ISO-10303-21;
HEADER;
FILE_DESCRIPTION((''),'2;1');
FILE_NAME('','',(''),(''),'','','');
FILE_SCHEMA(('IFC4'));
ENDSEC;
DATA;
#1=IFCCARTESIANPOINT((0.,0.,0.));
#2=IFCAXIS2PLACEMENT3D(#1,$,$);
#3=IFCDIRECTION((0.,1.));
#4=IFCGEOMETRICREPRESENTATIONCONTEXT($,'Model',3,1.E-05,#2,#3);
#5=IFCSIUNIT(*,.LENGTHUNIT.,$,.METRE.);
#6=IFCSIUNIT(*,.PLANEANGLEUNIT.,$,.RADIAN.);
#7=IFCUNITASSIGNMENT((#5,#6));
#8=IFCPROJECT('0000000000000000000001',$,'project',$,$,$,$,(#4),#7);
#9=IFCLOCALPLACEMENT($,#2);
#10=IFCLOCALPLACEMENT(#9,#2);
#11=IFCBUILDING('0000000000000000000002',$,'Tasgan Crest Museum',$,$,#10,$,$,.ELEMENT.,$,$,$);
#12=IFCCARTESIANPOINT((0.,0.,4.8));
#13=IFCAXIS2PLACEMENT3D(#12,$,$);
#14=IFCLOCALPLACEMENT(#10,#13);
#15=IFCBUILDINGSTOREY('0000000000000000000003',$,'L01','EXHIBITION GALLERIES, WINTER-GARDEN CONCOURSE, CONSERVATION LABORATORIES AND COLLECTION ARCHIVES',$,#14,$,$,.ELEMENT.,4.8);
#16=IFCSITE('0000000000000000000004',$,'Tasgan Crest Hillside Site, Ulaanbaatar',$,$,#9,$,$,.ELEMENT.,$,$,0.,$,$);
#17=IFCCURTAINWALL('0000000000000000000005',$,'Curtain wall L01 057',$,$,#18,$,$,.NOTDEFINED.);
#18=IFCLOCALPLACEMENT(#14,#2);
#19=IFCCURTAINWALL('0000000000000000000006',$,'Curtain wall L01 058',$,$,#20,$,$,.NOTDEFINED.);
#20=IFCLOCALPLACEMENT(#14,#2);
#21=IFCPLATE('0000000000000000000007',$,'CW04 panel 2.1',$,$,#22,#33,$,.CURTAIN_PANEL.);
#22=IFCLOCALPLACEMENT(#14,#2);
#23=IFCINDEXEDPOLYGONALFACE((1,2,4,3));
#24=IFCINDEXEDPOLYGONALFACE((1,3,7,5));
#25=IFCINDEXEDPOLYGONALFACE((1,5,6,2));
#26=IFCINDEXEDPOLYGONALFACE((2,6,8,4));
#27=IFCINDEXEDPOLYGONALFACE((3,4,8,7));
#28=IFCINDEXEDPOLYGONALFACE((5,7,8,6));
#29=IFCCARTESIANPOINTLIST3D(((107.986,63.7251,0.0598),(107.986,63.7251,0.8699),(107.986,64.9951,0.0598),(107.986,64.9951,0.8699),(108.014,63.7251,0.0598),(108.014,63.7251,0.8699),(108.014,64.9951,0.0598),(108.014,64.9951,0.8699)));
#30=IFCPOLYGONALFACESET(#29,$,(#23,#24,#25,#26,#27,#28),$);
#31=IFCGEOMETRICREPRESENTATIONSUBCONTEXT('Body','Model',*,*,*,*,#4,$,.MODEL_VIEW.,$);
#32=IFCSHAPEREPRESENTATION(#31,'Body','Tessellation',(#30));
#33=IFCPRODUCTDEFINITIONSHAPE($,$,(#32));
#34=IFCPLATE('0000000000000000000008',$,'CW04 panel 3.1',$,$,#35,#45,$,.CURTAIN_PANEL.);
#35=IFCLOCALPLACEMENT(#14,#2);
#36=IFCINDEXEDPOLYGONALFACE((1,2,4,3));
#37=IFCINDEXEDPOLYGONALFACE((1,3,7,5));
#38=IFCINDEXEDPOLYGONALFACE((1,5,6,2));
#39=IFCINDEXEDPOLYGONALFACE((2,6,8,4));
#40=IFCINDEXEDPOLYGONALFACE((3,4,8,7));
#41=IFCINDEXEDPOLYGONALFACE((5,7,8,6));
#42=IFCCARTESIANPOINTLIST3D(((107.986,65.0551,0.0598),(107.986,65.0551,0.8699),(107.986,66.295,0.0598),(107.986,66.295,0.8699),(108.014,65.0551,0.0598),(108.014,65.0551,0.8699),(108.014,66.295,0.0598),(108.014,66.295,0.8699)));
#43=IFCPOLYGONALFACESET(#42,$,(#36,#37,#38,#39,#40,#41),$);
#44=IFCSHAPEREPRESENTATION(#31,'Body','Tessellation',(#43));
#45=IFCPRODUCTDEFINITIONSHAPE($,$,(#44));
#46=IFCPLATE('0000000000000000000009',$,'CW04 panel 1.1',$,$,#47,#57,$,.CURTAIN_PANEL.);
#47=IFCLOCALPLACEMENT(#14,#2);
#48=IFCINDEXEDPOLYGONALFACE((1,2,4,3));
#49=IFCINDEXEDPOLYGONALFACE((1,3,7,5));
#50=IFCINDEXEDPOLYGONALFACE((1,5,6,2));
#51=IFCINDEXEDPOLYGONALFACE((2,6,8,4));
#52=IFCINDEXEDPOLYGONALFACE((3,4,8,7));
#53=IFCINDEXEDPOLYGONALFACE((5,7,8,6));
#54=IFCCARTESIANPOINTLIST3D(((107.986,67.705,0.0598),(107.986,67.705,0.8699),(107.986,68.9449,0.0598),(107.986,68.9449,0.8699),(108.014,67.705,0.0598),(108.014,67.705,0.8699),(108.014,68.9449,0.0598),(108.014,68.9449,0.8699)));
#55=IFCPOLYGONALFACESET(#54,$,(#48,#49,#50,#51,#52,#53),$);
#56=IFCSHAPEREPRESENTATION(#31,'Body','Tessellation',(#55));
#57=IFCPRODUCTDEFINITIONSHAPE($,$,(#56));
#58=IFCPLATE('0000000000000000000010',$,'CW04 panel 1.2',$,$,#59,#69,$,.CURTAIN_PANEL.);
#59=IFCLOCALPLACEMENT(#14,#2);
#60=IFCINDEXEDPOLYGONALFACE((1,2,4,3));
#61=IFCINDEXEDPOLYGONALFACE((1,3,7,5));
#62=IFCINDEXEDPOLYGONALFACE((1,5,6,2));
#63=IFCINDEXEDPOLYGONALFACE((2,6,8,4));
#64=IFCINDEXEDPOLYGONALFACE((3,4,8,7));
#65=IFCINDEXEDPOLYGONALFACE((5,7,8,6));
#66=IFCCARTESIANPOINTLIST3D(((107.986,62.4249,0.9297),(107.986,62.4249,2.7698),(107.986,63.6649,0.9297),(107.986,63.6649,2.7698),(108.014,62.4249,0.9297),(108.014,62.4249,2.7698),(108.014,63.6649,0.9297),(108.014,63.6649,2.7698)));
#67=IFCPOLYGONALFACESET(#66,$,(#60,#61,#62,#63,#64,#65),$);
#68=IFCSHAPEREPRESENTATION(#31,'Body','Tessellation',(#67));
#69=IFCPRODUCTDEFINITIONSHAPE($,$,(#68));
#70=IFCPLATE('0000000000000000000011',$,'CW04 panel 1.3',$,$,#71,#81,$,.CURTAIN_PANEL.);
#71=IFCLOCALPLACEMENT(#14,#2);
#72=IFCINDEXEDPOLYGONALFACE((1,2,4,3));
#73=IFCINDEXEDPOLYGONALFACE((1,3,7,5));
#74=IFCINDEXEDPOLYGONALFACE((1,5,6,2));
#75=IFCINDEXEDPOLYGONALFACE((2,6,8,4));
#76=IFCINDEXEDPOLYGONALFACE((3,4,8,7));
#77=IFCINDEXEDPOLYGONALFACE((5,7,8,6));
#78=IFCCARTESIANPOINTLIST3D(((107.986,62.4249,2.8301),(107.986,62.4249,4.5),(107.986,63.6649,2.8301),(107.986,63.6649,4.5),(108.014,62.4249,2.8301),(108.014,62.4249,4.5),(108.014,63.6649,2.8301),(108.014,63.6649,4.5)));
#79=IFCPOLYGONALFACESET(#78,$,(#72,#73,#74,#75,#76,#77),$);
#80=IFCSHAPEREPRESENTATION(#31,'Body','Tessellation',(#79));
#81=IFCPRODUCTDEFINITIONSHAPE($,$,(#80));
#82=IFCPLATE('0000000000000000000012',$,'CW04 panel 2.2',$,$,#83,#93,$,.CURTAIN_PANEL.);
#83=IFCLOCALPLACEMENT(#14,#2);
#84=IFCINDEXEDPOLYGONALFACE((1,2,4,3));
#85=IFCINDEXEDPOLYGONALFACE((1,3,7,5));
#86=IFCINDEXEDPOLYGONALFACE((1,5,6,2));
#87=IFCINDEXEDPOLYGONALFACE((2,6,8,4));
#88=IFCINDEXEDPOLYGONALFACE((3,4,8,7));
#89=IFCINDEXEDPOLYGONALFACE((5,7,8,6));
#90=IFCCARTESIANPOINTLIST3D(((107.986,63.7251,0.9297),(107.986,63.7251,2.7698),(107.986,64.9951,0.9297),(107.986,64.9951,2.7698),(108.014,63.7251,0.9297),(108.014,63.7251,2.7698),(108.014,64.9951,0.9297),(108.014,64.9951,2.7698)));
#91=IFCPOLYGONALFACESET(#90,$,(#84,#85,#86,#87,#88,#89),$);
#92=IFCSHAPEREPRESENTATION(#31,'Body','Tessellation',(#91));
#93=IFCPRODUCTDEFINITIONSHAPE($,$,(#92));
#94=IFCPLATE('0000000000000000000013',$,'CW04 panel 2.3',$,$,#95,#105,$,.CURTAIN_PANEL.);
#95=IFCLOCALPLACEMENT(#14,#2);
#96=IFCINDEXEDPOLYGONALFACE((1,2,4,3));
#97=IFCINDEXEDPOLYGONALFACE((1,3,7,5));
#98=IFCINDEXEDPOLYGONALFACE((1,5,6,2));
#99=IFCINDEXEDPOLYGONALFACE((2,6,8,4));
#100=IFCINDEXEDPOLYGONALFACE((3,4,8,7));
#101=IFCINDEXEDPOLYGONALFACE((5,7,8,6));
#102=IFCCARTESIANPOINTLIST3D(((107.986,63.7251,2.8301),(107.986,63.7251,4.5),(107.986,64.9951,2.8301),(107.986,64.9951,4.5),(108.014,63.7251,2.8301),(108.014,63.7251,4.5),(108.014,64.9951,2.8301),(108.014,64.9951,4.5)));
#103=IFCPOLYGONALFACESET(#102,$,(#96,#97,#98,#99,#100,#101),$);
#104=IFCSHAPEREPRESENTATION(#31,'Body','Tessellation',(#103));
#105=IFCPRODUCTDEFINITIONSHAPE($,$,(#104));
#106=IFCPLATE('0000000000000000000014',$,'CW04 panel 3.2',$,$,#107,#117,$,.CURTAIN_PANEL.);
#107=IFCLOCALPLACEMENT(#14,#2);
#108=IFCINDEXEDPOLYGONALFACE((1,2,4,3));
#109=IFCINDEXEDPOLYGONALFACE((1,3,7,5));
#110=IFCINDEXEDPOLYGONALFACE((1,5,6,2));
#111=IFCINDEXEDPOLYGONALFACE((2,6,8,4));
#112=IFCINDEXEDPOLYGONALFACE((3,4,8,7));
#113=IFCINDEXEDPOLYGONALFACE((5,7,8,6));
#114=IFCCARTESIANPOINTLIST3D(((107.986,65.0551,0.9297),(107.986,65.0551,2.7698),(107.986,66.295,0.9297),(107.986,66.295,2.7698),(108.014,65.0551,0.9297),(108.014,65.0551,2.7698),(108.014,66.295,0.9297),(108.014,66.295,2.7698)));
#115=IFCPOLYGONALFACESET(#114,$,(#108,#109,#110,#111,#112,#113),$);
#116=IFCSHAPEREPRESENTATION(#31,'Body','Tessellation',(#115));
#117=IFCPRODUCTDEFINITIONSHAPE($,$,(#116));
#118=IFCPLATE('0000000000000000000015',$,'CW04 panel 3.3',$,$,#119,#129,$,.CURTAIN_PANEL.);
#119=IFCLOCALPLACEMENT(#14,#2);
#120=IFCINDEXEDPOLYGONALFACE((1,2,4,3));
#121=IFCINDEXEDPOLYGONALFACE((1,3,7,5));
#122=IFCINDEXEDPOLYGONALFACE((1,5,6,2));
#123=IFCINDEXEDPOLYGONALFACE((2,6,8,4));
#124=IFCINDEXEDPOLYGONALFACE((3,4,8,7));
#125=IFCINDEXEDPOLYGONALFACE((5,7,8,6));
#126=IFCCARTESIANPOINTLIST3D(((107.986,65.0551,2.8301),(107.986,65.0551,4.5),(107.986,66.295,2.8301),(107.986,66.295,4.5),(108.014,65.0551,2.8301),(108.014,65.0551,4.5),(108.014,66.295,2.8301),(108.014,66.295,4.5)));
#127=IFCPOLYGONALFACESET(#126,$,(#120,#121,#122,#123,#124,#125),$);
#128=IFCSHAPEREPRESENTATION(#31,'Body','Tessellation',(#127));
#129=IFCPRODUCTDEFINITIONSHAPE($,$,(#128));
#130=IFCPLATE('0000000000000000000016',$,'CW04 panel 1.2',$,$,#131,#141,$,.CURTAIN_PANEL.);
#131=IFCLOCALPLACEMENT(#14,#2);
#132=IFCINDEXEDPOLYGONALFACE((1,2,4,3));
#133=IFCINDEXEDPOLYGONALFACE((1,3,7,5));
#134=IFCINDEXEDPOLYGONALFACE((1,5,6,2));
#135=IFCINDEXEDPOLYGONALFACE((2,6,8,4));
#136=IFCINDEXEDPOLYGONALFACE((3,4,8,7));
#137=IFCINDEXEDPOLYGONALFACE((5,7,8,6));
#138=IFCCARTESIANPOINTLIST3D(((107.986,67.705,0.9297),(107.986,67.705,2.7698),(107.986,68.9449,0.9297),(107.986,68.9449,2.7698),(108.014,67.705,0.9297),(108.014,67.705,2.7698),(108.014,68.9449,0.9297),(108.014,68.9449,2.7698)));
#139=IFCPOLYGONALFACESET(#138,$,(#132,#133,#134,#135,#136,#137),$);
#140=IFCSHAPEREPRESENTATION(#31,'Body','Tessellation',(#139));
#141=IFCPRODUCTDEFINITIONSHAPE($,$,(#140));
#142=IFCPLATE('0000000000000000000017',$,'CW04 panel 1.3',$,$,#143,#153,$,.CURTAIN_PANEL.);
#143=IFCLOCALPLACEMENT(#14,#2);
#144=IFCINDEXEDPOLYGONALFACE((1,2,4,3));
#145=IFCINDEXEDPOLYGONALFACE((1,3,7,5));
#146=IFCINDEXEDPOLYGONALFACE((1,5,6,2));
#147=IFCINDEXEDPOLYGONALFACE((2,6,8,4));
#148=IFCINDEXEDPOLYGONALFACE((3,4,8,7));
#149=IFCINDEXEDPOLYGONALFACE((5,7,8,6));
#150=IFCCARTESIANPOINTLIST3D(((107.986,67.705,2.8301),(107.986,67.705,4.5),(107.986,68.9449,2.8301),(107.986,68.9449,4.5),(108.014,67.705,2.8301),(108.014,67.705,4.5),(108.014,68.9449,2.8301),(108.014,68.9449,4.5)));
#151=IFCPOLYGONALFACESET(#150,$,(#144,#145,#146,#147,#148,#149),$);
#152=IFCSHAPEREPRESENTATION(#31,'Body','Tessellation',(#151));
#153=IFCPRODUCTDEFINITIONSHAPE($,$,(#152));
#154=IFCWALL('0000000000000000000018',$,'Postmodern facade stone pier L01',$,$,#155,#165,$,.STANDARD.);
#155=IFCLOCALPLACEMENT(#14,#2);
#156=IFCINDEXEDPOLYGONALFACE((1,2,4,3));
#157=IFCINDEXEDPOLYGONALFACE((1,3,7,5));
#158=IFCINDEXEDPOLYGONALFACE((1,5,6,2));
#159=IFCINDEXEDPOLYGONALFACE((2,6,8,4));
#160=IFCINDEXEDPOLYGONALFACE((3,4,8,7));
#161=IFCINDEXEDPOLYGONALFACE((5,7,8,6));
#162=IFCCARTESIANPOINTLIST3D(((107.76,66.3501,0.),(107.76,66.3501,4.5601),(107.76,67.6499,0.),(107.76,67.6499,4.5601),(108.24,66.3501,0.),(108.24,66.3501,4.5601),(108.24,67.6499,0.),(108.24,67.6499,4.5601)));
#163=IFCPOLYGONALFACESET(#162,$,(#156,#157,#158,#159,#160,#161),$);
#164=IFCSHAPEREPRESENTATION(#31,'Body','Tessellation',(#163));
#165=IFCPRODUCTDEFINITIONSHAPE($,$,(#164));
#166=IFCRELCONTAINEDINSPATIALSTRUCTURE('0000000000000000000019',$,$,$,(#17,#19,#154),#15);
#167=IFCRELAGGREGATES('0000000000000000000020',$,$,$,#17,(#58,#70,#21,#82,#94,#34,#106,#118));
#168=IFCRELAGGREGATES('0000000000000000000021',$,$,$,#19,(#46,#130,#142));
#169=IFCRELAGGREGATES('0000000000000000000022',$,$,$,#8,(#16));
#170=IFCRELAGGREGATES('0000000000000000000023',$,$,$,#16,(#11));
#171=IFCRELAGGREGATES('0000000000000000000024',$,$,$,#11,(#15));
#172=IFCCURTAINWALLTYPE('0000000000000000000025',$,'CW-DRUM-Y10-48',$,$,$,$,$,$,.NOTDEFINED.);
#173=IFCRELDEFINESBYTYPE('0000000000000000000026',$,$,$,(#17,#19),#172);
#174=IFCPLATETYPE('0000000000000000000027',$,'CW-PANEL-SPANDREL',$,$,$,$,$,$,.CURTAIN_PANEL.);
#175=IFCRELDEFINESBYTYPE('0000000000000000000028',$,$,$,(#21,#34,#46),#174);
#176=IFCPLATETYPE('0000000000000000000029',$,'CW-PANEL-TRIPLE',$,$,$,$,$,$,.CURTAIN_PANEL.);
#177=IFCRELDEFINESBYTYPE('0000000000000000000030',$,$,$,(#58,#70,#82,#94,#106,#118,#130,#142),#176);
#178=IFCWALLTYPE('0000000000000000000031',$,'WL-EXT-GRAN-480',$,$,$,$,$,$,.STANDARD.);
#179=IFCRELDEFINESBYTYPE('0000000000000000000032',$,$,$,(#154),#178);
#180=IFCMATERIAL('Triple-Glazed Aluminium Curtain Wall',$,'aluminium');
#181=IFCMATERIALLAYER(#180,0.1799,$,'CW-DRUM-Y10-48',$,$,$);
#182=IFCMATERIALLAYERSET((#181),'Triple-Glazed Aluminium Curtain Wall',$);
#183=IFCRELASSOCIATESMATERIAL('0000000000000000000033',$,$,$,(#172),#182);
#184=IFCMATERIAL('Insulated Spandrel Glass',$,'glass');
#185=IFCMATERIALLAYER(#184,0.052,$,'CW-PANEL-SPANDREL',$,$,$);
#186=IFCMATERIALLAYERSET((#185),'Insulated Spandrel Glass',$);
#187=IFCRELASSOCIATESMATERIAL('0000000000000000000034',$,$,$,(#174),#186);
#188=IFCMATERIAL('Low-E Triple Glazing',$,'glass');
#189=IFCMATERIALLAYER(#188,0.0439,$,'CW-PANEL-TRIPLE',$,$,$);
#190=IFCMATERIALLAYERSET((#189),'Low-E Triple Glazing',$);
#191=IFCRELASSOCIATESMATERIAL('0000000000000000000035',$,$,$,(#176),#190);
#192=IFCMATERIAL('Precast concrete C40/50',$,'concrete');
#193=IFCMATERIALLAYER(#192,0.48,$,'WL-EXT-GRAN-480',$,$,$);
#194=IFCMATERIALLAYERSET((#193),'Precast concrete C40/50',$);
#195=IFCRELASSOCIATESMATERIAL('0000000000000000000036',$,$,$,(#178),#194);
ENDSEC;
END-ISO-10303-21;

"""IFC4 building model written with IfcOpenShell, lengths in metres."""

from ifc_helpers import new_model, si_unit, direction, frame, frame_2d, origin, origin_2d, place, context, subcontext, project, spatial, rectangle, extrude, material, layer, layer_set, type_object, element, aggregate, save


model = new_model("IFC4")

# Units and contexts
model_context = context("Model", 3, precision=1e-05, world=origin(), true_north=direction((0.0, 1.0)))
body_context = subcontext(model_context, "Body", "Model", "MODEL_VIEW")
ifc_project = project(units=[si_unit("LENGTHUNIT", "METRE"), si_unit("PLANEANGLEUNIT", "RADIAN")], contexts=[model_context])

# Site, building, storey
site_placement = place(None, origin())
site = spatial("IfcSite", under=ifc_project, at=site_placement, Name="Tasgan Crest Hillside Site, Ulaanbaatar", CompositionType="ELEMENT", RefElevation=0.0)
building_placement = place(site_placement, origin())
building = spatial("IfcBuilding", under=site, at=building_placement, Name="Tasgan Crest Museum", CompositionType="ELEMENT")
storey_placement = place(building_placement, frame((0.0, 0.0, 4.8)))
storey = spatial("IfcBuildingStorey", under=building, at=storey_placement, Name="L01", Description="EXHIBITION GALLERIES, WINTER-GARDEN CONCOURSE, CONSERVATION LABORATORIES AND COLLECTION ARCHIVES", CompositionType="ELEMENT", Elevation=4.8)

# Curtain walls
ifc_material_1 = material(Name="Triple-Glazed Aluminium Curtain Wall", Category="aluminium")
ifc_layer_1 = layer(ifc_material_1, 0.1799, Name="CW-DRUM-Y10-48")
ifc_layer_set_1 = layer_set([ifc_layer_1], Name="Triple-Glazed Aluminium Curtain Wall")
curtain_wall_type = type_object("IfcCurtainWallType", Name="CW-DRUM-Y10-48", PredefinedType="NOTDEFINED", material=ifc_layer_set_1)
curtain_wall_1_placement = place(storey_placement, origin())
curtain_wall_1 = element("IfcCurtainWall", 1, at=curtain_wall_1_placement, inside=storey, type_object=curtain_wall_type, Name="Curtain wall L01 057", PredefinedType="NOTDEFINED")
curtain_wall_2_placement = place(storey_placement, origin())
curtain_wall_2 = element("IfcCurtainWall", 2, at=curtain_wall_2_placement, inside=storey, type_object=curtain_wall_type, Name="Curtain wall L01 058", PredefinedType="NOTDEFINED")

# Plates
ifc_material_2 = material(Name="Insulated Spandrel Glass", Category="glass")
ifc_layer_2 = layer(ifc_material_2, 0.052, Name="CW-PANEL-SPANDREL")
ifc_layer_set_2 = layer_set([ifc_layer_2], Name="Insulated Spandrel Glass")
plate_type_1 = type_object("IfcPlateType", Name="CW-PANEL-SPANDREL", PredefinedType="CURTAIN_PANEL", material=ifc_layer_set_2)
plate_1_placement = place(storey_placement, frame((108.0, 64.3601, 0.0598), z_axis=(0.0, 0.0, 1.0), x_axis=(0.0, 1.0, 0.0)))
plate_1 = element("IfcPlate", 3, at=plate_1_placement, type_object=plate_type_1, Name="CW04 panel 2.1", PredefinedType="CURTAIN_PANEL", context=body_context, shape_type="SweptSolid", body=[
    extrude(rectangle(XDim=1.27, YDim=0.0281, at=origin_2d()), origin(), (0.0, 0.0, 1.0), 0.8101),
])
plate_2_placement = place(storey_placement, frame((108.0, 65.675, 0.0598), z_axis=(0.0, 0.0, 1.0), x_axis=(0.0, 1.0, 0.0)))
plate_2 = element("IfcPlate", 4, at=plate_2_placement, type_object=plate_type_1, Name="CW04 panel 3.1", PredefinedType="CURTAIN_PANEL", context=body_context, shape_type="SweptSolid", body=[
    extrude(rectangle(XDim=1.24, YDim=0.0281, at=origin_2d()), origin(), (0.0, 0.0, 1.0), 0.8101),
])
plate_3_placement = place(storey_placement, frame((108.0, 68.325, 0.0598), z_axis=(0.0, 0.0, 1.0), x_axis=(0.0, 1.0, 0.0)))
plate_3 = element("IfcPlate", 5, at=plate_3_placement, type_object=plate_type_1, Name="CW04 panel 1.1", PredefinedType="CURTAIN_PANEL", context=body_context, shape_type="SweptSolid", body=[
    extrude(rectangle(XDim=1.24, YDim=0.0281, at=origin_2d()), origin(), (0.0, 0.0, 1.0), 0.8101),
])
ifc_material_3 = material(Name="Low-E Triple Glazing", Category="glass")
ifc_layer_3 = layer(ifc_material_3, 0.0439, Name="CW-PANEL-TRIPLE")
ifc_layer_set_3 = layer_set([ifc_layer_3], Name="Low-E Triple Glazing")
plate_type_2 = type_object("IfcPlateType", Name="CW-PANEL-TRIPLE", PredefinedType="CURTAIN_PANEL", material=ifc_layer_set_3)
plate_4_placement = place(storey_placement, frame((108.0, 63.0449, 0.9297), z_axis=(0.0, 0.0, 1.0), x_axis=(0.0, 1.0, 0.0)))
plate_4 = element("IfcPlate", 6, at=plate_4_placement, type_object=plate_type_2, Name="CW04 panel 1.2", PredefinedType="CURTAIN_PANEL", context=body_context, shape_type="SweptSolid", body=[
    extrude(rectangle(XDim=1.24, YDim=0.0281, at=origin_2d()), origin(), (0.0, 0.0, 1.0), 1.8401),
])
plate_5_placement = place(storey_placement, frame((108.0, 63.0449, 2.8301), z_axis=(0.0, 0.0, 1.0), x_axis=(0.0, 1.0, 0.0)))
plate_5 = element("IfcPlate", 7, at=plate_5_placement, type_object=plate_type_2, Name="CW04 panel 1.3", PredefinedType="CURTAIN_PANEL", context=body_context, shape_type="SweptSolid", body=[
    extrude(rectangle(XDim=1.24, YDim=0.0281, at=origin_2d()), origin(), (0.0, 0.0, 1.0), 1.6699),
])
plate_6_placement = place(storey_placement, frame((108.0, 64.3601, 0.9297), z_axis=(0.0, 0.0, 1.0), x_axis=(0.0, 1.0, 0.0)))
plate_6 = element("IfcPlate", 8, at=plate_6_placement, type_object=plate_type_2, Name="CW04 panel 2.2", PredefinedType="CURTAIN_PANEL", context=body_context, shape_type="SweptSolid", body=[
    extrude(rectangle(XDim=1.27, YDim=0.0281, at=origin_2d()), origin(), (0.0, 0.0, 1.0), 1.8401),
])
plate_7_placement = place(storey_placement, frame((108.0, 64.3601, 2.8301), z_axis=(0.0, 0.0, 1.0), x_axis=(0.0, 1.0, 0.0)))
plate_7 = element("IfcPlate", 9, at=plate_7_placement, type_object=plate_type_2, Name="CW04 panel 2.3", PredefinedType="CURTAIN_PANEL", context=body_context, shape_type="SweptSolid", body=[
    extrude(rectangle(XDim=1.27, YDim=0.0281, at=origin_2d()), origin(), (0.0, 0.0, 1.0), 1.6699),
])
plate_8_placement = place(storey_placement, frame((108.0, 65.675, 0.9297), z_axis=(0.0, 0.0, 1.0), x_axis=(0.0, 1.0, 0.0)))
plate_8 = element("IfcPlate", 10, at=plate_8_placement, type_object=plate_type_2, Name="CW04 panel 3.2", PredefinedType="CURTAIN_PANEL", context=body_context, shape_type="SweptSolid", body=[
    extrude(rectangle(XDim=1.24, YDim=0.0281, at=origin_2d()), origin(), (0.0, 0.0, 1.0), 1.8401),
])
plate_9_placement = place(storey_placement, frame((108.0, 65.675, 2.8301), z_axis=(0.0, 0.0, 1.0), x_axis=(0.0, 1.0, 0.0)))
plate_9 = element("IfcPlate", 11, at=plate_9_placement, type_object=plate_type_2, Name="CW04 panel 3.3", PredefinedType="CURTAIN_PANEL", context=body_context, shape_type="SweptSolid", body=[
    extrude(rectangle(XDim=1.24, YDim=0.0281, at=origin_2d()), origin(), (0.0, 0.0, 1.0), 1.6699),
])
aggregate(curtain_wall_1, [plate_4, plate_5, plate_1, plate_6, plate_7, plate_2, plate_8, plate_9])
plate_10_placement = place(storey_placement, frame((108.0, 68.325, 0.9297), z_axis=(0.0, 0.0, 1.0), x_axis=(0.0, 1.0, 0.0)))
plate_10 = element("IfcPlate", 12, at=plate_10_placement, type_object=plate_type_2, Name="CW04 panel 1.2", PredefinedType="CURTAIN_PANEL", context=body_context, shape_type="SweptSolid", body=[
    extrude(rectangle(XDim=1.24, YDim=0.0281, at=origin_2d()), origin(), (0.0, 0.0, 1.0), 1.8401),
])
plate_11_placement = place(storey_placement, frame((108.0, 68.325, 2.8301), z_axis=(0.0, 0.0, 1.0), x_axis=(0.0, 1.0, 0.0)))
plate_11 = element("IfcPlate", 13, at=plate_11_placement, type_object=plate_type_2, Name="CW04 panel 1.3", PredefinedType="CURTAIN_PANEL", context=body_context, shape_type="SweptSolid", body=[
    extrude(rectangle(XDim=1.24, YDim=0.0281, at=origin_2d()), origin(), (0.0, 0.0, 1.0), 1.6699),
])
aggregate(curtain_wall_2, [plate_3, plate_10, plate_11])

# Wall
ifc_material_4 = material(Name="Precast concrete C40/50", Category="concrete")
ifc_layer_4 = layer(ifc_material_4, 0.48, Name="WL-EXT-GRAN-480")
ifc_layer_set_4 = layer_set([ifc_layer_4], Name="Precast concrete C40/50")
wall_type = type_object("IfcWallType", Name="WL-EXT-GRAN-480", PredefinedType="STANDARD", material=ifc_layer_set_4)
wall_placement = place(storey_placement, frame((108.0, 66.3501, 0.0), z_axis=(0.0, 0.0, 1.0), x_axis=(0.0, 1.0, 0.0)))
element("IfcWall", 14, at=wall_placement, inside=storey, type_object=wall_type, Name="Postmodern facade stone pier L01", PredefinedType="STANDARD", context=body_context, shape_type="SweptSolid", body=[
    extrude(rectangle(XDim=1.2998, YDim=0.48, at=frame_2d((0.6499, 0.0))), origin(), (0.0, 0.0, 1.0), 4.5601),
])

save(model, "model.ifc")
